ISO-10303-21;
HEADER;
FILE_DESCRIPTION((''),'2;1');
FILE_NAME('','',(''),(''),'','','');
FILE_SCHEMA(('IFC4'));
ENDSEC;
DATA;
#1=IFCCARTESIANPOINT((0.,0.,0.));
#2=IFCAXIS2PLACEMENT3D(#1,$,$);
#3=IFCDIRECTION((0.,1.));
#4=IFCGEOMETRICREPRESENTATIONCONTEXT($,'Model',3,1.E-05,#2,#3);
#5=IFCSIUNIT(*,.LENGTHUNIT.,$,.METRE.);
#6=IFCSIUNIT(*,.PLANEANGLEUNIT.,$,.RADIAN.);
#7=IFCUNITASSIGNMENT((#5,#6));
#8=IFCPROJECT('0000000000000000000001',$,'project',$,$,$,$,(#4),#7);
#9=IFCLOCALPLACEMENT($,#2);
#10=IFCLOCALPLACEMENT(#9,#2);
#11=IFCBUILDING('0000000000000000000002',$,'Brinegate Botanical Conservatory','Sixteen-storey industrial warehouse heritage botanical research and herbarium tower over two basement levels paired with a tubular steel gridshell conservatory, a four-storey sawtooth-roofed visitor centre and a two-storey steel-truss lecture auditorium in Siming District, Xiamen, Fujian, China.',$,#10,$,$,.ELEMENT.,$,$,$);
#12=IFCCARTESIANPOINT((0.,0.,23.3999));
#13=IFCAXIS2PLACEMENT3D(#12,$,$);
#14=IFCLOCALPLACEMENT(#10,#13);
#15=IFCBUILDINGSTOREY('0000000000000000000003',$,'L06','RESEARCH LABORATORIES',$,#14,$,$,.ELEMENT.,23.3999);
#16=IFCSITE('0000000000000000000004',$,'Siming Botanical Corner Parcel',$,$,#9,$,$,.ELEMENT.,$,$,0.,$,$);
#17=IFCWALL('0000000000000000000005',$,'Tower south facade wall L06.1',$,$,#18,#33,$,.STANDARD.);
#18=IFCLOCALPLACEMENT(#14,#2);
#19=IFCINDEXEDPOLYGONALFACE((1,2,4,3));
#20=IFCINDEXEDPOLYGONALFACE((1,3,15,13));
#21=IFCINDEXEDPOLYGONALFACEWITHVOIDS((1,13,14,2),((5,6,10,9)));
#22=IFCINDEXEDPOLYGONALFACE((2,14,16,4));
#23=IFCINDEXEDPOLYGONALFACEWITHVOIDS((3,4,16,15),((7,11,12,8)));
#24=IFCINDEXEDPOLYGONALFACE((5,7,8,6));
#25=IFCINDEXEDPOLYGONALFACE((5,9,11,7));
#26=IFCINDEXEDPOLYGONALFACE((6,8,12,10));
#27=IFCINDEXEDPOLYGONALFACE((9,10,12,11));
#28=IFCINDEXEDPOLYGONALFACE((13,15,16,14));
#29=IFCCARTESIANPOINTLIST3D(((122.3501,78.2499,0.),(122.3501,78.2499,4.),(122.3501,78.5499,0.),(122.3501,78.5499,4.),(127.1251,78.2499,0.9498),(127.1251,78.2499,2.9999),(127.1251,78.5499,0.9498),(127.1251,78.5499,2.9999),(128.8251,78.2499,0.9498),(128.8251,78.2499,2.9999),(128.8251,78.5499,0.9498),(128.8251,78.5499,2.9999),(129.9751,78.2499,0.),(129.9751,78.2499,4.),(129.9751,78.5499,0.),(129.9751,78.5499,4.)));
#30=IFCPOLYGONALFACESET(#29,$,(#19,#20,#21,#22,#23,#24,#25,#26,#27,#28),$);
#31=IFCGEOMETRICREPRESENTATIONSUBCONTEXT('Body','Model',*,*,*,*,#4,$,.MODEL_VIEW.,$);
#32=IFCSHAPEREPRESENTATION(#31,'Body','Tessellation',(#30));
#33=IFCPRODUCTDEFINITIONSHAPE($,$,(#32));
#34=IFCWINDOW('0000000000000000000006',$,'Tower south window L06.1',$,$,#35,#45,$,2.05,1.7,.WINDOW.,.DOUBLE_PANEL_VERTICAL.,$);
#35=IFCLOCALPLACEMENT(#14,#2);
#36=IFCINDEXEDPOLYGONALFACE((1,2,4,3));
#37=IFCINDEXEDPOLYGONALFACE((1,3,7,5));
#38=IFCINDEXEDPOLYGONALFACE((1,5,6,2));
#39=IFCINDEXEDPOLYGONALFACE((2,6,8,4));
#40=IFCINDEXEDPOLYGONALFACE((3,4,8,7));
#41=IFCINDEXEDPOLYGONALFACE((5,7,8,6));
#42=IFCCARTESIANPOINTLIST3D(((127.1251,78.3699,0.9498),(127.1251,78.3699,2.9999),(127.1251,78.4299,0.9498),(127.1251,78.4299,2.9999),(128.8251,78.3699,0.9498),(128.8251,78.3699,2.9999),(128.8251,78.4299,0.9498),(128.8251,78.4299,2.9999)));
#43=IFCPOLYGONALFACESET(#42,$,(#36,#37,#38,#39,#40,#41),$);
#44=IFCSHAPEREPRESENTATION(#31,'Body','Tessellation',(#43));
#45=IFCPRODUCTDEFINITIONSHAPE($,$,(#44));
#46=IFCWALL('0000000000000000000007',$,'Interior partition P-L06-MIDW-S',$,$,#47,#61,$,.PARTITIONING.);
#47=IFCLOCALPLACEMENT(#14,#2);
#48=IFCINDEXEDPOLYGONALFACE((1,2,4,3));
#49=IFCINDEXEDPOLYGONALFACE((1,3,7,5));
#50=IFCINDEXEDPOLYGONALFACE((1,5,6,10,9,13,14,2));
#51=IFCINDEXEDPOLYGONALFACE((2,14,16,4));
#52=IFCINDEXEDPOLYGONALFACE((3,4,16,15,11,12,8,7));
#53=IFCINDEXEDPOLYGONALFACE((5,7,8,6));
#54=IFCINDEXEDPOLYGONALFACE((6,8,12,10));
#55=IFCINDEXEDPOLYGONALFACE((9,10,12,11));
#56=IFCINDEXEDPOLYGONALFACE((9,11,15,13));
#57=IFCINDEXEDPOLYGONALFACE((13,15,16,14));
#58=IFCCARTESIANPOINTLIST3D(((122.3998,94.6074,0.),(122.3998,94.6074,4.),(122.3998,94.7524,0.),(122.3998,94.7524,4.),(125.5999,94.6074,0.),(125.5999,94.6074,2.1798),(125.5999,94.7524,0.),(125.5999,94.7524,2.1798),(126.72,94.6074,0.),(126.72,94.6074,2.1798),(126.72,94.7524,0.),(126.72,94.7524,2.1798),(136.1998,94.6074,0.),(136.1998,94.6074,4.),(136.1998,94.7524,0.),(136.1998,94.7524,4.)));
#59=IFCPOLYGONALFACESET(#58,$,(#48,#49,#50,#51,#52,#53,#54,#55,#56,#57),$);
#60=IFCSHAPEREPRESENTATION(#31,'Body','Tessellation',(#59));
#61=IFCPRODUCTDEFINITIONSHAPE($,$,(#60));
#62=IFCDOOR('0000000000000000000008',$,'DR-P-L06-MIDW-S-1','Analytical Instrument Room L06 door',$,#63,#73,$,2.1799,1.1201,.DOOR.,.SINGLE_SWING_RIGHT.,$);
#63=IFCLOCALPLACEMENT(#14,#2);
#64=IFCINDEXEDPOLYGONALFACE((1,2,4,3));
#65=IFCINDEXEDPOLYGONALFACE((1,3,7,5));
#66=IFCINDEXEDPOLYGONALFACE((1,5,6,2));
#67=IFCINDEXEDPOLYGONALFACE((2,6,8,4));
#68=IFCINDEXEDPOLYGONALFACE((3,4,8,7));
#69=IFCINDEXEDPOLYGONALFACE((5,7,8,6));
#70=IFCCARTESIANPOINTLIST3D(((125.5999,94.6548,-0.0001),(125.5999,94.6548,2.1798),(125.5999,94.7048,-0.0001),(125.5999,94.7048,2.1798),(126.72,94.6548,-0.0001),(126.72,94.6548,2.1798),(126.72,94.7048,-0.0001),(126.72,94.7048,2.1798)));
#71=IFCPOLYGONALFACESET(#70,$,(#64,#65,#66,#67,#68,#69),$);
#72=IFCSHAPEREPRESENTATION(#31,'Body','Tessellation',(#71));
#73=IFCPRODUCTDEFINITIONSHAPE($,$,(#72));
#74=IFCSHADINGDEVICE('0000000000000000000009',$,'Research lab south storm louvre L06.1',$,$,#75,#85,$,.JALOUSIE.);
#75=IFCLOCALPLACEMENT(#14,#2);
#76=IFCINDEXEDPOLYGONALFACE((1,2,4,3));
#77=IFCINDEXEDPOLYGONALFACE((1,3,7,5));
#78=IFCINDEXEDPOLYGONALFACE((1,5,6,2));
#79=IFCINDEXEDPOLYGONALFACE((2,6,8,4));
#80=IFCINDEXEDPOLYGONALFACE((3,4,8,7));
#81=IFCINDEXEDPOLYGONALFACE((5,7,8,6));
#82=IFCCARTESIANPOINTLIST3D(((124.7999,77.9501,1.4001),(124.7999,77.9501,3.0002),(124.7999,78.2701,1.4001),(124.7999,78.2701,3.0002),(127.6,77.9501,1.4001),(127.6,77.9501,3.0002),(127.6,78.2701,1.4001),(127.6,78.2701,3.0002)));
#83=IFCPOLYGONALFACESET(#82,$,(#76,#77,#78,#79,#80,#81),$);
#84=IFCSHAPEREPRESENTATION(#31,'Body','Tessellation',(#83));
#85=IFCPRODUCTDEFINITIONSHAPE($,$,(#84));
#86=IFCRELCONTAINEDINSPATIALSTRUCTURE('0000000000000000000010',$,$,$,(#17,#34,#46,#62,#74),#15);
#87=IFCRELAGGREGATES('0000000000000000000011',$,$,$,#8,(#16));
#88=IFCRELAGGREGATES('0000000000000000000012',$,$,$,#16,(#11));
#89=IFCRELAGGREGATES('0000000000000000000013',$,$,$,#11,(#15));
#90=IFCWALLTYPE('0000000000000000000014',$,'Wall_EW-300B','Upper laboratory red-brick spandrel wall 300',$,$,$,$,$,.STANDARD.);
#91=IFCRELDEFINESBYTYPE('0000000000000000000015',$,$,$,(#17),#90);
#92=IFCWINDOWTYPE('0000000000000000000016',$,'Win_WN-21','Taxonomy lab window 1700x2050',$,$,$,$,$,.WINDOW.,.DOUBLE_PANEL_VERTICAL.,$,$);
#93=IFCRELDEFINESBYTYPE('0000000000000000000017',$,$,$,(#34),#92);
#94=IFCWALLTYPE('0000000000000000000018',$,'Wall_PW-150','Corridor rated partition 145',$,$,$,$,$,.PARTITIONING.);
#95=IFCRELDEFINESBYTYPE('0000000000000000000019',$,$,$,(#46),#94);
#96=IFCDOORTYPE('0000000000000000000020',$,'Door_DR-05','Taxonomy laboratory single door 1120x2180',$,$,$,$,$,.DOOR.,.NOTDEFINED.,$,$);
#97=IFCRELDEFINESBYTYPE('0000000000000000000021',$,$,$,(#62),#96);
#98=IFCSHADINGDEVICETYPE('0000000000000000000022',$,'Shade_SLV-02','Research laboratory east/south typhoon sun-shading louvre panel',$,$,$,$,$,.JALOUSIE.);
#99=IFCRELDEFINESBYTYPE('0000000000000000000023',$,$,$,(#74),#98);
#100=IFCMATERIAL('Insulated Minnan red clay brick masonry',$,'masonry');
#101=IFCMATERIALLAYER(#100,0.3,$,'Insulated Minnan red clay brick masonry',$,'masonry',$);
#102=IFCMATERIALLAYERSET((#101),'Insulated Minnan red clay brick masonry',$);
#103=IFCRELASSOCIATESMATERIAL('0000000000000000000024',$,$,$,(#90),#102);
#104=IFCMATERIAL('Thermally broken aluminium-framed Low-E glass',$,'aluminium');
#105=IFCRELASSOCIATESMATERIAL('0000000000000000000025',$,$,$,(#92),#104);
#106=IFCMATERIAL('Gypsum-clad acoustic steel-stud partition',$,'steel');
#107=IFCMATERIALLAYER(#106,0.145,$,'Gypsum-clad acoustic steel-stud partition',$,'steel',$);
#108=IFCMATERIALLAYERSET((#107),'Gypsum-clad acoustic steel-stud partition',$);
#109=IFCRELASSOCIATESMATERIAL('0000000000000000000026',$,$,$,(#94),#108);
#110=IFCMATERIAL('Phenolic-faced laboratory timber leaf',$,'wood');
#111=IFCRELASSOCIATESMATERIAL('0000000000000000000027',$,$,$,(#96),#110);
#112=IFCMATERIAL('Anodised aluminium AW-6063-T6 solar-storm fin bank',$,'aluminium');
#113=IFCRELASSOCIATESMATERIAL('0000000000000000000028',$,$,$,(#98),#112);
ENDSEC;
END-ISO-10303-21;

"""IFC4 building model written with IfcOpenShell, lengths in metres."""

from ifc_helpers import new_model, si_unit, direction, frame, frame_2d, origin, origin_2d, place, context, subcontext, project, spatial, rectangle, extrude, material, layer, layer_set, type_object, element, fill, save


model = new_model("IFC4")

# Units and contexts
model_context = context("Model", 3, precision=1e-05, world=origin(), true_north=direction((0.0, 1.0)))
body_context = subcontext(model_context, "Body", "Model", "MODEL_VIEW")
ifc_project = project(units=[si_unit("LENGTHUNIT", "METRE"), si_unit("PLANEANGLEUNIT", "RADIAN")], contexts=[model_context])

# Site, building, storey
site_placement = place(None, origin())
site = spatial("IfcSite", under=ifc_project, at=site_placement, Name="Siming Botanical Corner Parcel", CompositionType="ELEMENT", RefElevation=0.0)
building_placement = place(site_placement, origin())
building = spatial("IfcBuilding", under=site, at=building_placement, Name="Brinegate Botanical Conservatory", Description="Sixteen-storey industrial warehouse heritage botanical research and herbarium tower over two basement levels paired with a tubular steel gridshell conservatory, a four-storey sawtooth-roofed visitor centre and a two-storey steel-truss lecture auditorium in Siming District, Xiamen, Fujian, China.", CompositionType="ELEMENT")
storey_placement = place(building_placement, frame((0.0, 0.0, 23.3999)))
storey = spatial("IfcBuildingStorey", under=building, at=storey_placement, Name="L06", Description="RESEARCH LABORATORIES", CompositionType="ELEMENT", Elevation=23.3999)

# Wall, opening, window
ifc_material_1 = material(Name="Insulated Minnan red clay brick masonry", Category="masonry")
ifc_layer_1 = layer(ifc_material_1, 0.3, Name="Insulated Minnan red clay brick masonry", Category="masonry")
ifc_layer_set_1 = layer_set([ifc_layer_1], Name="Insulated Minnan red clay brick masonry")
wall_type_1 = type_object("IfcWallType", Name="Wall_EW-300B", Description="Upper laboratory red-brick spandrel wall 300", PredefinedType="STANDARD", material=ifc_layer_set_1)
wall_1_placement = place(storey_placement, frame((129.9751, 78.3999, 0.0), z_axis=(0.0, 0.0, 1.0), x_axis=(-1.0, 0.0, 0.0)))
wall_1 = element("IfcWall", 1, at=wall_1_placement, inside=storey, type_object=wall_type_1, Name="Tower south facade wall L06.1", PredefinedType="STANDARD", context=body_context, shape_type="SweptSolid", body=[
    extrude(rectangle(XDim=7.625, YDim=0.3, at=frame_2d((3.8125, 0.0))), origin(), (0.0, 0.0, 1.0), 4.0),
])
opening_1_placement = place(wall_1_placement, frame((1.1499, 0.0, 0.95)))
opening_1 = element("IfcOpeningElement", 2, at=opening_1_placement, cuts=wall_1, PredefinedType="OPENING", context=body_context, shape_type="SweptSolid", body=[
    extrude(rectangle(XDim=1.7, YDim=2.05, at=frame_2d((0.8501, 1.0249))), frame((0.0, 0.1599, 0.0), z_axis=(0.0, -1.0, 0.0), x_axis=(1.0, 0.0, 0.0)), (0.0, 0.0, 1.0), 0.3201),
])
ifc_material_2 = material(Name="Thermally broken aluminium-framed Low-E glass", Category="aluminium")
window_type = type_object("IfcWindowType", Name="Win_WN-21", Description="Taxonomy lab window 1700x2050", PartitioningType="DOUBLE_PANEL_VERTICAL", PredefinedType="WINDOW", material=ifc_material_2)
window_placement = place(opening_1_placement, origin())
window = element("IfcWindow", 3, at=window_placement, inside=storey, type_object=window_type, Name="Tower south window L06.1", OverallHeight=2.05, OverallWidth=1.7, PartitioningType="DOUBLE_PANEL_VERTICAL", PredefinedType="WINDOW", context=body_context, shape_type="SweptSolid", body=[
    extrude(rectangle(XDim=1.7, YDim=2.05, at=frame_2d((0.8501, 1.0249))), frame((0.0, 0.03, 0.0), z_axis=(0.0, -1.0, 0.0), x_axis=(1.0, 0.0, 0.0)), (0.0, 0.0, 1.0), 0.0601),
])
fill(opening_1, window)

# Wall, opening, door
ifc_material_3 = material(Name="Gypsum-clad acoustic steel-stud partition", Category="steel")
ifc_layer_2 = layer(ifc_material_3, 0.145, Name="Gypsum-clad acoustic steel-stud partition", Category="steel")
ifc_layer_set_2 = layer_set([ifc_layer_2], Name="Gypsum-clad acoustic steel-stud partition")
wall_type_2 = type_object("IfcWallType", Name="Wall_PW-150", Description="Corridor rated partition 145", PredefinedType="PARTITIONING", material=ifc_layer_set_2)
wall_2_placement = place(storey_placement, frame((122.3999, 94.6799, 0.0), z_axis=(0.0, 0.0, 1.0), x_axis=(1.0, 0.0, 0.0)))
wall_2 = element("IfcWall", 4, at=wall_2_placement, inside=storey, type_object=wall_type_2, Name="Interior partition P-L06-MIDW-S", PredefinedType="PARTITIONING", context=body_context, shape_type="SweptSolid", body=[
    extrude(rectangle(XDim=13.8, YDim=0.145, at=frame_2d((6.8999, 0.0))), origin(), (0.0, 0.0, 1.0), 4.0),
])
opening_2_placement = place(wall_2_placement, frame((3.2, 0.0, 0.0)))
opening_2 = element("IfcOpeningElement", 5, at=opening_2_placement, cuts=wall_2, PredefinedType="OPENING", context=body_context, shape_type="SweptSolid", body=[
    extrude(rectangle(XDim=1.1201, YDim=2.1799, at=frame_2d((0.5601, 1.0898))), frame((0.0, 0.0825, 0.0), z_axis=(0.0, -1.0, 0.0), x_axis=(1.0, 0.0, 0.0)), (0.0, 0.0, 1.0), 0.165),
])
ifc_material_4 = material(Name="Phenolic-faced laboratory timber leaf", Category="wood")
door_type = type_object("IfcDoorType", Name="Door_DR-05", Description="Taxonomy laboratory single door 1120x2180", OperationType="NOTDEFINED", PredefinedType="DOOR", material=ifc_material_4)
door_placement = place(opening_2_placement, origin())
door = element("IfcDoor", 6, at=door_placement, inside=storey, type_object=door_type, Name="DR-P-L06-MIDW-S-1", Description="Analytical Instrument Room L06 door", OperationType="SINGLE_SWING_RIGHT", OverallHeight=2.1799, OverallWidth=1.1201, PredefinedType="DOOR", context=body_context, shape_type="SweptSolid", body=[
    extrude(rectangle(XDim=1.1201, YDim=2.1799, at=frame_2d((0.5601, 1.0898))), frame((0.0, 0.0249, 0.0), z_axis=(0.0, -1.0, 0.0), x_axis=(1.0, 0.0, 0.0)), (0.0, 0.0, 1.0), 0.05),
])
fill(opening_2, door)

# Shading device
ifc_material_5 = material(Name="Anodised aluminium AW-6063-T6 solar-storm fin bank", Category="aluminium")
shading_device_type = type_object("IfcShadingDeviceType", Name="Shade_SLV-02", Description="Research laboratory east/south typhoon sun-shading louvre panel", PredefinedType="JALOUSIE", material=ifc_material_5)
shading_device_placement = place(storey_placement, frame((126.2, 78.1101, 1.4001), z_axis=(0.0, 0.0, 1.0), x_axis=(1.0, 0.0, 0.0)))
element("IfcShadingDevice", 7, at=shading_device_placement, inside=storey, type_object=shading_device_type, Name="Research lab south storm louvre L06.1", PredefinedType="JALOUSIE", context=body_context, shape_type="SweptSolid", body=[
    extrude(rectangle(XDim=2.8, YDim=0.3201, at=origin_2d()), origin(), (0.0, 0.0, 1.0), 1.6001),
])

save(model, "model.ifc")
